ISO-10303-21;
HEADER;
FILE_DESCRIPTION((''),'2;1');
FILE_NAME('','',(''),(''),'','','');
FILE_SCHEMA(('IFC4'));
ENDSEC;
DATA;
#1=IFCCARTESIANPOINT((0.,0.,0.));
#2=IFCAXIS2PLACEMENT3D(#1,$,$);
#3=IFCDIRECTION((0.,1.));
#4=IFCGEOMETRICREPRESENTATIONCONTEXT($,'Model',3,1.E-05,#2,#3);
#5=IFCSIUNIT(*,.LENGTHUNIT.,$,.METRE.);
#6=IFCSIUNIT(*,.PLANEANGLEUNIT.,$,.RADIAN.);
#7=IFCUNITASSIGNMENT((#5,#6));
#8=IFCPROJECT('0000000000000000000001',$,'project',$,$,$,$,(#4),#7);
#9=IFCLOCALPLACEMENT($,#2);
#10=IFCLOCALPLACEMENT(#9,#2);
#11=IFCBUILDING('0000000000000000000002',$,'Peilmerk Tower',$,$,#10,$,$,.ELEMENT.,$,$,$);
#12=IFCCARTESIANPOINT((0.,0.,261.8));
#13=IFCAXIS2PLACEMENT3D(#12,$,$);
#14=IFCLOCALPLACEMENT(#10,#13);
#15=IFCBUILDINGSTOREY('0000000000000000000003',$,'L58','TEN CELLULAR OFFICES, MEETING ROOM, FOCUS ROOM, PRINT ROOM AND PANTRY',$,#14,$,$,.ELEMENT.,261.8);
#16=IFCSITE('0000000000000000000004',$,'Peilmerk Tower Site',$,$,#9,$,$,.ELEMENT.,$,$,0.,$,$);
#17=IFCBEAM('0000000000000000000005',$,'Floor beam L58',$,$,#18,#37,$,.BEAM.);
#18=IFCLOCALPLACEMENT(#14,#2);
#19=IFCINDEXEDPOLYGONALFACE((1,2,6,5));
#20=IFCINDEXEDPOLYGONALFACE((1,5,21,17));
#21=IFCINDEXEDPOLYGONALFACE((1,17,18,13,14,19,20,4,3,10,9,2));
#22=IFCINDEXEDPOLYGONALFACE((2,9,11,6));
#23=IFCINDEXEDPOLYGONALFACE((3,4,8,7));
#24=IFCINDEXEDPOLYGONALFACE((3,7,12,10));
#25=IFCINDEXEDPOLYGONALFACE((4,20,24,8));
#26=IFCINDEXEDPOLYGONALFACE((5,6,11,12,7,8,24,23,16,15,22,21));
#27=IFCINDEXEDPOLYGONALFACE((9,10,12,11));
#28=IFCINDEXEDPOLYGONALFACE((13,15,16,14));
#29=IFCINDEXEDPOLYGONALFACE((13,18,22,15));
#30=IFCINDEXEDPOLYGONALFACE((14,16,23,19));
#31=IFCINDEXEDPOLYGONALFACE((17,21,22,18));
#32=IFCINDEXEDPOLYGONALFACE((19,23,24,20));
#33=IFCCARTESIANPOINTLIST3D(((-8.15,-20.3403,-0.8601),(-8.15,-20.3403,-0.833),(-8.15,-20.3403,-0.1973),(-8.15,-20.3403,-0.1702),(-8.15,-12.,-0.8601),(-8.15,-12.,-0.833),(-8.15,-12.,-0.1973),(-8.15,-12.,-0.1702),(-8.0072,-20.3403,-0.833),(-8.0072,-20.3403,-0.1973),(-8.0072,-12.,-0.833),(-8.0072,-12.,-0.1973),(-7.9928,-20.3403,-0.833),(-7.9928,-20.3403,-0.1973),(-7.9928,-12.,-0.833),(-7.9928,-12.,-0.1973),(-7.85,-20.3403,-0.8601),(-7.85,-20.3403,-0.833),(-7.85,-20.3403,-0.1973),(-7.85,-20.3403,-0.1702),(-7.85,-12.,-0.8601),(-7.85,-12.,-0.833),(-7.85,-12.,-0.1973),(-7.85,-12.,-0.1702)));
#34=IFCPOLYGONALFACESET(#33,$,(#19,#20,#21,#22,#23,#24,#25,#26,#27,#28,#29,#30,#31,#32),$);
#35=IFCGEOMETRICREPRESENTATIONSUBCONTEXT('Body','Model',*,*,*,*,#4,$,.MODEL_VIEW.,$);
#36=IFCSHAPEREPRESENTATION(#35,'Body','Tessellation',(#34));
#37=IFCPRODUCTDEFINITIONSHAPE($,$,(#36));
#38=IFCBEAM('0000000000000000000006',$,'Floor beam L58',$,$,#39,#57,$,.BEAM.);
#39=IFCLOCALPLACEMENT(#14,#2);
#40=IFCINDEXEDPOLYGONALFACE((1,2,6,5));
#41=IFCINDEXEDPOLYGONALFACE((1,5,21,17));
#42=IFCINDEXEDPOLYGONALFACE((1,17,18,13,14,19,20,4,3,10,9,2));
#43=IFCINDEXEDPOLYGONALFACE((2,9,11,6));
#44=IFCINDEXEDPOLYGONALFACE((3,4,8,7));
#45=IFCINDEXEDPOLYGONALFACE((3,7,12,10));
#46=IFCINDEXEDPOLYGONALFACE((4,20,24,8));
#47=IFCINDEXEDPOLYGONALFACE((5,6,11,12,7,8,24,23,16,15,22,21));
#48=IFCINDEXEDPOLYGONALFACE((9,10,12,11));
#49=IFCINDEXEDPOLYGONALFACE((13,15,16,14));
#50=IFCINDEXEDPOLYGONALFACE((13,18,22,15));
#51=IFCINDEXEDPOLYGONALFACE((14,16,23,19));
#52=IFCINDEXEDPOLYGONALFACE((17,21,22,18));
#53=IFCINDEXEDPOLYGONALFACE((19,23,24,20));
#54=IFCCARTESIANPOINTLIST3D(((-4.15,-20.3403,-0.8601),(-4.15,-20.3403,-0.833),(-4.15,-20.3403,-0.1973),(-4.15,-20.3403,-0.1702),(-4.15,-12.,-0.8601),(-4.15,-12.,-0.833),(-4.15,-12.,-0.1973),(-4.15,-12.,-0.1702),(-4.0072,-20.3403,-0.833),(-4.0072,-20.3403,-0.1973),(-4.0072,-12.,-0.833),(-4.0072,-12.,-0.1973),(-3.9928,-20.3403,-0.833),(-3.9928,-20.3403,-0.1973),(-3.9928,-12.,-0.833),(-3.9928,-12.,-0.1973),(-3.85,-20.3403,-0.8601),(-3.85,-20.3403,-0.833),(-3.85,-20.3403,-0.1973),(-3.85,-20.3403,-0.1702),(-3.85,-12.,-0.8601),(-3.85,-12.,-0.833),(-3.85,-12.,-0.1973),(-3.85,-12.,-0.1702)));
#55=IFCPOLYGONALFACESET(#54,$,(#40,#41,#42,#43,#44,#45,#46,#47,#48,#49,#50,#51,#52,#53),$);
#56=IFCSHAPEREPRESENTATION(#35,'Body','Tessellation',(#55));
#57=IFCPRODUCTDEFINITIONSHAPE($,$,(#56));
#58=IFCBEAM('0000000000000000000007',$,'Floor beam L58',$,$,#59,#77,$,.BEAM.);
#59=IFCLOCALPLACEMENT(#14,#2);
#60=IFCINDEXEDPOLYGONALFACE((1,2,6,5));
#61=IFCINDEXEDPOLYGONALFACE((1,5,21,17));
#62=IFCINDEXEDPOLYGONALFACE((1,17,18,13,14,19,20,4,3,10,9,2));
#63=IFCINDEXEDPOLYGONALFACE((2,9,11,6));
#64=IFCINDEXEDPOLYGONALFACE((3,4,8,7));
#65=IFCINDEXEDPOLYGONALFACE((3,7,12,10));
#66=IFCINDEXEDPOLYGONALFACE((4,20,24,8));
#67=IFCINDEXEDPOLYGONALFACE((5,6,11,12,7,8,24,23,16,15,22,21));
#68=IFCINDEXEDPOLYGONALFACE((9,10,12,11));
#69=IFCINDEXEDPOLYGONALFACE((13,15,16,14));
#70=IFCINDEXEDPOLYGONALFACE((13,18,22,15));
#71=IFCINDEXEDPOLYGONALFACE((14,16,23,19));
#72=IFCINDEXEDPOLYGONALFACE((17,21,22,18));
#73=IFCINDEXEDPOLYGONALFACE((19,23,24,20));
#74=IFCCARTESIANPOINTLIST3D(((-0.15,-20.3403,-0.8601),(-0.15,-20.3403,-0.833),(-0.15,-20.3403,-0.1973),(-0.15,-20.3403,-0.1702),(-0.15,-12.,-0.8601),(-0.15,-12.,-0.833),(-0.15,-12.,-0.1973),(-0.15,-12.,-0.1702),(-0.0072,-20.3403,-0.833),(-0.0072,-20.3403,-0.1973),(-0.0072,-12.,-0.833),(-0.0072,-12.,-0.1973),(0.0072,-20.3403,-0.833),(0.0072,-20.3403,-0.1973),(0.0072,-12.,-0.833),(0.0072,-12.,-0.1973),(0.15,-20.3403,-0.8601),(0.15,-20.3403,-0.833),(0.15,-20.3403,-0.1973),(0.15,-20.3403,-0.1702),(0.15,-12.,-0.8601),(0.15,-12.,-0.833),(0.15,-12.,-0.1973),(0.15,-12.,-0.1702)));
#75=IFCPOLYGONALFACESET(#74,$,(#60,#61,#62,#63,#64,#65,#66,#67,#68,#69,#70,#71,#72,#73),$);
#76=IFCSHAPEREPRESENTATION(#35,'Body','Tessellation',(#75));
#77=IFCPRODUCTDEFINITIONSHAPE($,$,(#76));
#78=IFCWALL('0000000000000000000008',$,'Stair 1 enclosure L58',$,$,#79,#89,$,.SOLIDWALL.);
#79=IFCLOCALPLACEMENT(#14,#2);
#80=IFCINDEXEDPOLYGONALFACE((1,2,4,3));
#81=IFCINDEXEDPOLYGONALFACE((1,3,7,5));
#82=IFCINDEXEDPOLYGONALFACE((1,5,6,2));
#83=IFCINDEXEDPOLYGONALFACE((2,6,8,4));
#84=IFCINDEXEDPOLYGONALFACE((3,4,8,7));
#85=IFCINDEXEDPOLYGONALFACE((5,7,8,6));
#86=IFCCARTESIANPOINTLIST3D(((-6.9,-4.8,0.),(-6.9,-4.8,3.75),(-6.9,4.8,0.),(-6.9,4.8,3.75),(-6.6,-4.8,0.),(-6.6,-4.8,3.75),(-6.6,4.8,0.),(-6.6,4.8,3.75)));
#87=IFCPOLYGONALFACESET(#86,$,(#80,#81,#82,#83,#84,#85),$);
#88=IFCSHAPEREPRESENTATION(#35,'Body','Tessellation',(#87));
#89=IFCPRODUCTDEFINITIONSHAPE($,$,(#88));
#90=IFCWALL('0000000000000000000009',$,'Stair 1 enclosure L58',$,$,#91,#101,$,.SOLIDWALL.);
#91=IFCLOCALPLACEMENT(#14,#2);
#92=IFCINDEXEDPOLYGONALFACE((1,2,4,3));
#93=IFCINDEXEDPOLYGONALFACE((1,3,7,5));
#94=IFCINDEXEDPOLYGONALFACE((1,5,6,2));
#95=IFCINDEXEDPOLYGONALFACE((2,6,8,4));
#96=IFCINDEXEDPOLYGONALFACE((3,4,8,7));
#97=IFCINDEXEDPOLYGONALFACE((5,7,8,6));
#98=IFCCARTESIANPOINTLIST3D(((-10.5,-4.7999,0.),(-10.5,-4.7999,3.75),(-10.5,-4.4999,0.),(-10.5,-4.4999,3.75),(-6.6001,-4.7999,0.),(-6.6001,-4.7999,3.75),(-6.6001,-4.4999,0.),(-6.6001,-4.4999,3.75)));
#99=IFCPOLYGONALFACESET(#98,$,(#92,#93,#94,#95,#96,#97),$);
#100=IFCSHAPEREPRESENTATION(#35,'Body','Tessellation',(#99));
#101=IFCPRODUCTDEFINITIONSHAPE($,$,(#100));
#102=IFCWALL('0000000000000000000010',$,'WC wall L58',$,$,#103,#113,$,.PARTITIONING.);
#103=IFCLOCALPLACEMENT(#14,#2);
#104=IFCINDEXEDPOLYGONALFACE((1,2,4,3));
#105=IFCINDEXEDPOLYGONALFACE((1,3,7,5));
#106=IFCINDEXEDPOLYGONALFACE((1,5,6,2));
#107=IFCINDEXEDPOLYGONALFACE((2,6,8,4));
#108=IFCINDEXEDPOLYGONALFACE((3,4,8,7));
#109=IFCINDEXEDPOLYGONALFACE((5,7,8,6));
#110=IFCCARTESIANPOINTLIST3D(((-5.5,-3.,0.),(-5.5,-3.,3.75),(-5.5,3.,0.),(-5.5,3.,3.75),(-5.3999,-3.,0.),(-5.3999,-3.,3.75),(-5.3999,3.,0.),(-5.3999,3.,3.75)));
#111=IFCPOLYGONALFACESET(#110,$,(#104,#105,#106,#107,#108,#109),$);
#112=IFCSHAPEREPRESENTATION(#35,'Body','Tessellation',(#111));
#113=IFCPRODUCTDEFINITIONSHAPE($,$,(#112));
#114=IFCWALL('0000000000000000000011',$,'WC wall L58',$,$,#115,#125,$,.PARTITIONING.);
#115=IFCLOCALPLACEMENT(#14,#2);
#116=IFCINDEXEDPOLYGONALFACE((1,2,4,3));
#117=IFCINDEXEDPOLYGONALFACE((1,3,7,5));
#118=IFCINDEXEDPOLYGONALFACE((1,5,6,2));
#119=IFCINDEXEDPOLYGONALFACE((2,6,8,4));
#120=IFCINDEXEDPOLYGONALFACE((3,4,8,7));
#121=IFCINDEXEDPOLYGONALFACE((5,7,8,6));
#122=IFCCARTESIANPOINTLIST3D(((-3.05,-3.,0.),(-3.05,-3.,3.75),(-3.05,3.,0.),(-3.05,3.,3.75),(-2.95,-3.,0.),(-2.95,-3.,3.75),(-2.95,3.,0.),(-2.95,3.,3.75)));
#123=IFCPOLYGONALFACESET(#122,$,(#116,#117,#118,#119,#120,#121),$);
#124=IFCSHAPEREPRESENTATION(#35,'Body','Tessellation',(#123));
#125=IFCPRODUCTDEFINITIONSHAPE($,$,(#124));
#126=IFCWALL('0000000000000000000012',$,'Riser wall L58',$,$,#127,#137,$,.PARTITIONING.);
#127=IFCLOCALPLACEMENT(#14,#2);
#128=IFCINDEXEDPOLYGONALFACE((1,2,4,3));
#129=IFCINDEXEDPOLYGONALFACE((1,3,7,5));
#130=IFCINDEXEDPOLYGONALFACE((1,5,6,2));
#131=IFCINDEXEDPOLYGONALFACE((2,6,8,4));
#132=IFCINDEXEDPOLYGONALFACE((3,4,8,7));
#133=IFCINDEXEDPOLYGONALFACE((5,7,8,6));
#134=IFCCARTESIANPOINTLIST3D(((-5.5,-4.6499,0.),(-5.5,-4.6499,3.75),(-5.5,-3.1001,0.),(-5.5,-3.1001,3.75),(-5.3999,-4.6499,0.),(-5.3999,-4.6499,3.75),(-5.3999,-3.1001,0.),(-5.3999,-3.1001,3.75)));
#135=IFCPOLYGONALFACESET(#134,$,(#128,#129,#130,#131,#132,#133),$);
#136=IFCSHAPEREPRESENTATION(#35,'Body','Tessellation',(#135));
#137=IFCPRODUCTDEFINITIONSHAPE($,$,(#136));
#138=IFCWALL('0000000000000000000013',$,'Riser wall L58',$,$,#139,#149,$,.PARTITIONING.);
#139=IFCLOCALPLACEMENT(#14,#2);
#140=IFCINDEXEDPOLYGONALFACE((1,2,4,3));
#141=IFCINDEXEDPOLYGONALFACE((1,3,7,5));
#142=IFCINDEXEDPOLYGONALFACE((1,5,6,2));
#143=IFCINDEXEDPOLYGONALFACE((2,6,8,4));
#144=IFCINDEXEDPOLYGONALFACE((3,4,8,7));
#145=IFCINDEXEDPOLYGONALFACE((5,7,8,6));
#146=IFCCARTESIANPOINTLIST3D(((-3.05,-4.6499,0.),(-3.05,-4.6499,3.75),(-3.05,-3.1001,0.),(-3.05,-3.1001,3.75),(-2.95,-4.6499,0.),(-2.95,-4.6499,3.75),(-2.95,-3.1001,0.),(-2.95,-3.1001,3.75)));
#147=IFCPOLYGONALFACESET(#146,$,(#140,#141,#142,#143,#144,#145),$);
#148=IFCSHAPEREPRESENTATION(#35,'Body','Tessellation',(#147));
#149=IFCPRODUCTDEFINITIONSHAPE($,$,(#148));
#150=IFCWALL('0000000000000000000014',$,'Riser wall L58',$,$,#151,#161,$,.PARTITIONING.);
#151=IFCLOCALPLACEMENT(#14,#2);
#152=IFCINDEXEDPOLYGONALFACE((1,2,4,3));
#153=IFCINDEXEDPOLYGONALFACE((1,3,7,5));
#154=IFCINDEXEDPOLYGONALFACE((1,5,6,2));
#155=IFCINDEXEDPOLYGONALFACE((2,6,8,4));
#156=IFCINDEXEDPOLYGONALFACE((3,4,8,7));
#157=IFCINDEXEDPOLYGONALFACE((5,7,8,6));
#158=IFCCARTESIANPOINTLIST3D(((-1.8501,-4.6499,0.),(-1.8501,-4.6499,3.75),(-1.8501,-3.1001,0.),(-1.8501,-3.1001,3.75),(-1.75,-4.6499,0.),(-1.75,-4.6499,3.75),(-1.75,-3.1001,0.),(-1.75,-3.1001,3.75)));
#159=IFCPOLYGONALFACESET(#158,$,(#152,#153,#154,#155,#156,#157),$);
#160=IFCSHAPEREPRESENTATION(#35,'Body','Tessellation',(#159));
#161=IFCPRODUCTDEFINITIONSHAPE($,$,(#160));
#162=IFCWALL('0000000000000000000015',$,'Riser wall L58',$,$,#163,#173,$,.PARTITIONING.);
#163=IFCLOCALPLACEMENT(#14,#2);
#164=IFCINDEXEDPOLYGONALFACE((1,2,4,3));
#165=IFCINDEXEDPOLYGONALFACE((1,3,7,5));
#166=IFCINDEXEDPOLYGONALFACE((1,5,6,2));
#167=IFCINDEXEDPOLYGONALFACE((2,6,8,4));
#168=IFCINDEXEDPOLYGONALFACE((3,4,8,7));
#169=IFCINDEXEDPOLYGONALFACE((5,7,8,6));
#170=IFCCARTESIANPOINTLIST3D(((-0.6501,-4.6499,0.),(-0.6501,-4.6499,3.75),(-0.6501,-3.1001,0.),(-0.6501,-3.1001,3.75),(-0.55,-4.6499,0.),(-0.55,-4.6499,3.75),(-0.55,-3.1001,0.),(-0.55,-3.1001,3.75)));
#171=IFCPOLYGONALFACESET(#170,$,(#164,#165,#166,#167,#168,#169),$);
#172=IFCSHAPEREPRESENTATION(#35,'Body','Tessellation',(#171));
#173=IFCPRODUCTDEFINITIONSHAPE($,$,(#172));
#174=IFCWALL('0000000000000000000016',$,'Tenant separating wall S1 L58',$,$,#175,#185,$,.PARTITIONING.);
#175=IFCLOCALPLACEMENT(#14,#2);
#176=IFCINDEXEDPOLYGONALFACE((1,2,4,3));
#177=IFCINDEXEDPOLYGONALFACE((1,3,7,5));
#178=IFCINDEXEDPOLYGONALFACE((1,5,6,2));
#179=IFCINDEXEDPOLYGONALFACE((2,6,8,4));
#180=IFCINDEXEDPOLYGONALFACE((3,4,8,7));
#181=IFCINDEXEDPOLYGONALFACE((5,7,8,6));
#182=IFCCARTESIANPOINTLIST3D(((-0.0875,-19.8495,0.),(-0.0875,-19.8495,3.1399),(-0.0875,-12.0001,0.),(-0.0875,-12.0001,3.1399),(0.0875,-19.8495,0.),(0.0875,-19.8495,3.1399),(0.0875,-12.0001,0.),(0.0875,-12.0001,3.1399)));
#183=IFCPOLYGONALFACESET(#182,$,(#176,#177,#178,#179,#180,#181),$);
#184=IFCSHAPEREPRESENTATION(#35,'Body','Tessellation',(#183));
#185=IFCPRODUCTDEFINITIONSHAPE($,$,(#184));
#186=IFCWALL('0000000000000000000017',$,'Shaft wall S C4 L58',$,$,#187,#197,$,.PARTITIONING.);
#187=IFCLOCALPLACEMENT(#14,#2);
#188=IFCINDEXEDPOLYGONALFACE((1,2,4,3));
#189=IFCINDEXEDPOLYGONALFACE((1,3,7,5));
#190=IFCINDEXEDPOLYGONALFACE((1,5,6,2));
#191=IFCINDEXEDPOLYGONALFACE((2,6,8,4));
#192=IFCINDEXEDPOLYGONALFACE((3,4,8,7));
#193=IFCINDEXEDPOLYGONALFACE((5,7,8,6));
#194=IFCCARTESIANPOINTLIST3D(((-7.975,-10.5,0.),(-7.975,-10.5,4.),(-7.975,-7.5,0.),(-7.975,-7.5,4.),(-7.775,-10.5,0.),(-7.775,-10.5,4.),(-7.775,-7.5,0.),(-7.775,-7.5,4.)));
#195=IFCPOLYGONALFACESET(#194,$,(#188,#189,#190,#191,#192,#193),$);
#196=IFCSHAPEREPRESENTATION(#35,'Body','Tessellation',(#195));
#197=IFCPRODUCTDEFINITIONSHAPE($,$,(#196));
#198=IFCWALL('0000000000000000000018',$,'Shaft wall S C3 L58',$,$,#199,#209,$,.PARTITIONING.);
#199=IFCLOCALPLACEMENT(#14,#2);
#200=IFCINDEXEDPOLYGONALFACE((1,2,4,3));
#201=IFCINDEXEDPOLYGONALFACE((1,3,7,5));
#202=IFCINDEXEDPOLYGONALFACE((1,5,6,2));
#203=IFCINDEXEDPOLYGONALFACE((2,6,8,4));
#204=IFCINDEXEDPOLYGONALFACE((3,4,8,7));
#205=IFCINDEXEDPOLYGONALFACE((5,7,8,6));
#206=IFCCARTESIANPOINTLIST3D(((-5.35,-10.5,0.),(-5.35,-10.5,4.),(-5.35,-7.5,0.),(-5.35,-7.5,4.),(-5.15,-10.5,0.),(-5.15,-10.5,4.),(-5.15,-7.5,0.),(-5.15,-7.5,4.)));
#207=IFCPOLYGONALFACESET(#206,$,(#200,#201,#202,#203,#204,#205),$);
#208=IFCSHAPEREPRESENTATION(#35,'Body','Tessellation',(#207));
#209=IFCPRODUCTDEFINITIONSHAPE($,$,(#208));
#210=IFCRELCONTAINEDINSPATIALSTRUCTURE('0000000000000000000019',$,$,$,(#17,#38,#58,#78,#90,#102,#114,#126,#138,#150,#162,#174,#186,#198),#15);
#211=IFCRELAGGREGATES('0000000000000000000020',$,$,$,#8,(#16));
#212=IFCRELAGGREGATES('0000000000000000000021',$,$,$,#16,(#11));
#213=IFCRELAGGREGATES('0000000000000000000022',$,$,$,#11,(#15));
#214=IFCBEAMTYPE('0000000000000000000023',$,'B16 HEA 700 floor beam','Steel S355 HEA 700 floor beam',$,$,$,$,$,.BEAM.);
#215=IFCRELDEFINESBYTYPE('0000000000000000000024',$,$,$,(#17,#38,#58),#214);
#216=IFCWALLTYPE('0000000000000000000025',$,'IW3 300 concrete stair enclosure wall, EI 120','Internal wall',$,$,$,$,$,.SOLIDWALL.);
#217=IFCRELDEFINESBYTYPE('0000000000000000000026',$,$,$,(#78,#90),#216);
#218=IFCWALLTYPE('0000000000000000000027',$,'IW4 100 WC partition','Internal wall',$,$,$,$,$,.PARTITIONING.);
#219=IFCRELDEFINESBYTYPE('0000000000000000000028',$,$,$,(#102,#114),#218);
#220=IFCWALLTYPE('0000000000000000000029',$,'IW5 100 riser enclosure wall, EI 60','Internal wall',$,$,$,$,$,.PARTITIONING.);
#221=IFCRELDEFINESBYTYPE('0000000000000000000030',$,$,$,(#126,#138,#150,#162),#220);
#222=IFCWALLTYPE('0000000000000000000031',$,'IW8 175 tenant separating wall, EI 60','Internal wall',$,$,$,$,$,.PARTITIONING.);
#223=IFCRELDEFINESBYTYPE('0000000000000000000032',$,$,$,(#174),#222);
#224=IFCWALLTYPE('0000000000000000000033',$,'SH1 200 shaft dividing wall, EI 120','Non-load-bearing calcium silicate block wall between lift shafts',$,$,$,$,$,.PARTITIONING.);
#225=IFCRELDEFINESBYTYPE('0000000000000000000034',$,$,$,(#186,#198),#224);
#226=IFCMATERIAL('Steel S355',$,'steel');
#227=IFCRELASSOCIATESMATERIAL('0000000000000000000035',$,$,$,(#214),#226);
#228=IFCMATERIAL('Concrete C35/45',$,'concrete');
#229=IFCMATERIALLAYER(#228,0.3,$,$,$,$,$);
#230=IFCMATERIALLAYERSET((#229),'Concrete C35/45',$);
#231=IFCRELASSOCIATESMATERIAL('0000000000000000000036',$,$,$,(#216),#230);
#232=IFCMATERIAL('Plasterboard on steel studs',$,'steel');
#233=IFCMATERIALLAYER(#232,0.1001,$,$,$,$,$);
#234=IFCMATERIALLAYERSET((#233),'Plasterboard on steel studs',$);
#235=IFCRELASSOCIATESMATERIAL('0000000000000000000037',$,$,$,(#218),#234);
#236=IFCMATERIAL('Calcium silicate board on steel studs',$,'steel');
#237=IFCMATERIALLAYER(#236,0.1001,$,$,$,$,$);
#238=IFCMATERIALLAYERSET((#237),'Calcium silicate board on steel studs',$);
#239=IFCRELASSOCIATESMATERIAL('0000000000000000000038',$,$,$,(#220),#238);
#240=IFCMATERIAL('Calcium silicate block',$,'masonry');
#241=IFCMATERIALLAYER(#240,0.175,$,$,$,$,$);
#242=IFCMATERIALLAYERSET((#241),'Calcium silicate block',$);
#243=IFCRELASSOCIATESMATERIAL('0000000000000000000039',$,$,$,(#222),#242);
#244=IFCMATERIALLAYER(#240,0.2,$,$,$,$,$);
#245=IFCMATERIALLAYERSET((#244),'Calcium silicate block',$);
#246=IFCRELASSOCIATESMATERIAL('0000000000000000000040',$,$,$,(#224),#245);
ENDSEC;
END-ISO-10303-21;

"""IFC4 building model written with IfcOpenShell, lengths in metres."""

from ifc_helpers import new_model, si_unit, direction, frame, frame_2d, origin, origin_2d, place, context, subcontext, project, spatial, rectangle, i_section, extrude, material, layer, layer_set, material_profile, profile_set, type_object, element, save


model = new_model("IFC4")

# Units and contexts
model_context = context("Model", 3, precision=1e-05, world=origin(), true_north=direction((0.0, 1.0)))
body_context = subcontext(model_context, "Body", "Model", "MODEL_VIEW")
ifc_project = project(units=[si_unit("LENGTHUNIT", "METRE"), si_unit("PLANEANGLEUNIT", "RADIAN")], contexts=[model_context])

# Site, building, storey
site_placement = place(None, origin())
site = spatial("IfcSite", under=ifc_project, at=site_placement, Name="Peilmerk Tower Site", CompositionType="ELEMENT", RefElevation=0.0)
building_placement = place(site_placement, origin())
building = spatial("IfcBuilding", under=site, at=building_placement, Name="Peilmerk Tower", CompositionType="ELEMENT")
storey_placement = place(building_placement, frame((0.0, 0.0, 261.8)))
storey = spatial("IfcBuildingStorey", under=building, at=storey_placement, Name="L58", Description="TEN CELLULAR OFFICES, MEETING ROOM, FOCUS ROOM, PRINT ROOM AND PANTRY", CompositionType="ELEMENT", Elevation=261.8)

# Beams
ifc_material_1 = material(Name="Steel S355", Category="steel")
ifc_material_profile = material_profile(ifc_material_1, i_section(OverallWidth=0.3, OverallDepth=0.6899, WebThickness=0.0144, FlangeThickness=0.0271, at=origin_2d()), Name="HEA 700")
ifc_profile_set = profile_set([ifc_material_profile], Name="Steel S355")
beam_type = type_object("IfcBeamType", Name="B16 HEA 700 floor beam", Description="Steel S355 HEA 700 floor beam", PredefinedType="BEAM", material=ifc_profile_set)
for number, where, z_axis, x_axis, name in (
    (1, (-8.0, -12.0, -0.5151), (0.0, -1.0, 0.0), (1.0, 0.0, 0.0), "Floor beam L58"),
    (2, (-4.0, -12.0, -0.5151), (0.0, -1.0, 0.0), (1.0, 0.0, 0.0), "Floor beam L58"),
    (3, (0.0, -12.0, -0.5151), (0.0, -1.0, 0.0), (1.0, 0.0, 0.0), "Floor beam L58"),
):
    element("IfcBeam", number, at=place(storey_placement, frame(where, z_axis=z_axis, x_axis=x_axis)), inside=storey, type_object=beam_type, Name=name, PredefinedType="BEAM", context=body_context, shape_type="SweptSolid", body=[
        extrude(i_section(OverallWidth=0.3, OverallDepth=0.6899, WebThickness=0.0144, FlangeThickness=0.0271, at=origin_2d()), origin(), (0.0, 0.0, 1.0), 8.3403),
    ])

# Walls
ifc_material_2 = material(Name="Concrete C35/45", Category="concrete")
ifc_layer_1 = layer(ifc_material_2, 0.3)
ifc_layer_set_1 = layer_set([ifc_layer_1], Name="Concrete C35/45")
wall_type_1 = type_object("IfcWallType", Name="IW3 300 concrete stair enclosure wall, EI 120", Description="Internal wall", PredefinedType="SOLIDWALL", material=ifc_layer_set_1)
wall_1_placement = place(storey_placement, frame((-6.75, -4.8, 0.0), z_axis=(0.0, 0.0, 1.0), x_axis=(0.0, 1.0, 0.0)))
element("IfcWall", 4, at=wall_1_placement, inside=storey, type_object=wall_type_1, Name="Stair 1 enclosure L58", PredefinedType="SOLIDWALL", context=body_context, shape_type="SweptSolid", body=[
    extrude(rectangle(XDim=9.6001, YDim=0.3, at=frame_2d((4.8, 0.0))), origin(), (0.0, 0.0, 1.0), 3.75),
])
wall_2_placement = place(storey_placement, frame((-6.6001, -4.6499, 0.0), z_axis=(0.0, 0.0, 1.0), x_axis=(-1.0, 0.0, 0.0)))
element("IfcWall", 5, at=wall_2_placement, inside=storey, type_object=wall_type_1, Name="Stair 1 enclosure L58", PredefinedType="SOLIDWALL", context=body_context, shape_type="SweptSolid", body=[
    extrude(rectangle(XDim=3.8999, YDim=0.3, at=frame_2d((1.95, 0.0))), origin(), (0.0, 0.0, 1.0), 3.75),
])
ifc_material_3 = material(Name="Plasterboard on steel studs", Category="steel")
ifc_layer_2 = layer(ifc_material_3, 0.1001)
ifc_layer_set_2 = layer_set([ifc_layer_2], Name="Plasterboard on steel studs")
wall_type_2 = type_object("IfcWallType", Name="IW4 100 WC partition", Description="Internal wall", PredefinedType="PARTITIONING", material=ifc_layer_set_2)
for number, where, z_axis, x_axis, name in (
    (6, (-5.45, -3.0, 0.0), (0.0, 0.0, 1.0), (0.0, 1.0, 0.0), "WC wall L58"),
    (7, (-3.0, -3.0, 0.0), (0.0, 0.0, 1.0), (0.0, 1.0, 0.0), "WC wall L58"),
):
    element("IfcWall", number, at=place(storey_placement, frame(where, z_axis=z_axis, x_axis=x_axis)), inside=storey, type_object=wall_type_2, Name=name, PredefinedType="PARTITIONING", context=body_context, shape_type="SweptSolid", body=[
        extrude(rectangle(XDim=6.0, YDim=0.1001, at=frame_2d((3.0, 0.0))), origin(), (0.0, 0.0, 1.0), 3.75),
    ])
ifc_material_4 = material(Name="Calcium silicate board on steel studs", Category="steel")
ifc_layer_3 = layer(ifc_material_4, 0.1001)
ifc_layer_set_3 = layer_set([ifc_layer_3], Name="Calcium silicate board on steel studs")
wall_type_3 = type_object("IfcWallType", Name="IW5 100 riser enclosure wall, EI 60", Description="Internal wall", PredefinedType="PARTITIONING", material=ifc_layer_set_3)
for number, where, z_axis, x_axis, name in (
    (8, (-5.45, -3.1001, 0.0), (0.0, 0.0, 1.0), (0.0, -1.0, 0.0), "Riser wall L58"),
    (9, (-3.0, -3.1001, 0.0), (0.0, 0.0, 1.0), (0.0, -1.0, 0.0), "Riser wall L58"),
    (10, (-1.8, -3.1001, 0.0), (0.0, 0.0, 1.0), (0.0, -1.0, 0.0), "Riser wall L58"),
    (11, (-0.6001, -3.1001, 0.0), (0.0, 0.0, 1.0), (0.0, -1.0, 0.0), "Riser wall L58"),
):
    element("IfcWall", number, at=place(storey_placement, frame(where, z_axis=z_axis, x_axis=x_axis)), inside=storey, type_object=wall_type_3, Name=name, PredefinedType="PARTITIONING", context=body_context, shape_type="SweptSolid", body=[
        extrude(rectangle(XDim=1.5498, YDim=0.1001, at=frame_2d((0.7749, 0.0))), origin(), (0.0, 0.0, 1.0), 3.75),
    ])
ifc_material_5 = material(Name="Calcium silicate block", Category="masonry")
ifc_layer_4 = layer(ifc_material_5, 0.175)
ifc_layer_set_4 = layer_set([ifc_layer_4], Name="Calcium silicate block")
wall_type_4 = type_object("IfcWallType", Name="IW8 175 tenant separating wall, EI 60", Description="Internal wall", PredefinedType="PARTITIONING", material=ifc_layer_set_4)
wall_3_placement = place(storey_placement, frame((0.0, -12.0, 0.0), z_axis=(0.0, 0.0, 1.0), x_axis=(0.0, -1.0, 0.0)))
element("IfcWall", 12, at=wall_3_placement, inside=storey, type_object=wall_type_4, Name="Tenant separating wall S1 L58", PredefinedType="PARTITIONING", context=body_context, shape_type="SweptSolid", body=[
    extrude(rectangle(XDim=7.8494, YDim=0.175, at=frame_2d((3.9248, 0.0))), origin(), (0.0, 0.0, 1.0), 3.1399),
])
ifc_layer_5 = layer(ifc_material_5, 0.2)
ifc_layer_set_5 = layer_set([ifc_layer_5], Name="Calcium silicate block")
wall_type_5 = type_object("IfcWallType", Name="SH1 200 shaft dividing wall, EI 120", Description="Non-load-bearing calcium silicate block wall between lift shafts", PredefinedType="PARTITIONING", material=ifc_layer_set_5)
for number, where, z_axis, x_axis, name in (
    (13, (-7.875, -10.5, 0.0), (0.0, 0.0, 1.0), (0.0, 1.0, 0.0), "Shaft wall S C4 L58"),
    (14, (-5.25, -10.5, 0.0), (0.0, 0.0, 1.0), (0.0, 1.0, 0.0), "Shaft wall S C3 L58"),
):
    element("IfcWall", number, at=place(storey_placement, frame(where, z_axis=z_axis, x_axis=x_axis)), inside=storey, type_object=wall_type_5, Name=name, PredefinedType="PARTITIONING", context=body_context, shape_type="SweptSolid", body=[
        extrude(rectangle(XDim=3.0, YDim=0.2, at=frame_2d((1.5, 0.0))), origin(), (0.0, 0.0, 1.0), 4.0),
    ])

save(model, "model.ifc")
